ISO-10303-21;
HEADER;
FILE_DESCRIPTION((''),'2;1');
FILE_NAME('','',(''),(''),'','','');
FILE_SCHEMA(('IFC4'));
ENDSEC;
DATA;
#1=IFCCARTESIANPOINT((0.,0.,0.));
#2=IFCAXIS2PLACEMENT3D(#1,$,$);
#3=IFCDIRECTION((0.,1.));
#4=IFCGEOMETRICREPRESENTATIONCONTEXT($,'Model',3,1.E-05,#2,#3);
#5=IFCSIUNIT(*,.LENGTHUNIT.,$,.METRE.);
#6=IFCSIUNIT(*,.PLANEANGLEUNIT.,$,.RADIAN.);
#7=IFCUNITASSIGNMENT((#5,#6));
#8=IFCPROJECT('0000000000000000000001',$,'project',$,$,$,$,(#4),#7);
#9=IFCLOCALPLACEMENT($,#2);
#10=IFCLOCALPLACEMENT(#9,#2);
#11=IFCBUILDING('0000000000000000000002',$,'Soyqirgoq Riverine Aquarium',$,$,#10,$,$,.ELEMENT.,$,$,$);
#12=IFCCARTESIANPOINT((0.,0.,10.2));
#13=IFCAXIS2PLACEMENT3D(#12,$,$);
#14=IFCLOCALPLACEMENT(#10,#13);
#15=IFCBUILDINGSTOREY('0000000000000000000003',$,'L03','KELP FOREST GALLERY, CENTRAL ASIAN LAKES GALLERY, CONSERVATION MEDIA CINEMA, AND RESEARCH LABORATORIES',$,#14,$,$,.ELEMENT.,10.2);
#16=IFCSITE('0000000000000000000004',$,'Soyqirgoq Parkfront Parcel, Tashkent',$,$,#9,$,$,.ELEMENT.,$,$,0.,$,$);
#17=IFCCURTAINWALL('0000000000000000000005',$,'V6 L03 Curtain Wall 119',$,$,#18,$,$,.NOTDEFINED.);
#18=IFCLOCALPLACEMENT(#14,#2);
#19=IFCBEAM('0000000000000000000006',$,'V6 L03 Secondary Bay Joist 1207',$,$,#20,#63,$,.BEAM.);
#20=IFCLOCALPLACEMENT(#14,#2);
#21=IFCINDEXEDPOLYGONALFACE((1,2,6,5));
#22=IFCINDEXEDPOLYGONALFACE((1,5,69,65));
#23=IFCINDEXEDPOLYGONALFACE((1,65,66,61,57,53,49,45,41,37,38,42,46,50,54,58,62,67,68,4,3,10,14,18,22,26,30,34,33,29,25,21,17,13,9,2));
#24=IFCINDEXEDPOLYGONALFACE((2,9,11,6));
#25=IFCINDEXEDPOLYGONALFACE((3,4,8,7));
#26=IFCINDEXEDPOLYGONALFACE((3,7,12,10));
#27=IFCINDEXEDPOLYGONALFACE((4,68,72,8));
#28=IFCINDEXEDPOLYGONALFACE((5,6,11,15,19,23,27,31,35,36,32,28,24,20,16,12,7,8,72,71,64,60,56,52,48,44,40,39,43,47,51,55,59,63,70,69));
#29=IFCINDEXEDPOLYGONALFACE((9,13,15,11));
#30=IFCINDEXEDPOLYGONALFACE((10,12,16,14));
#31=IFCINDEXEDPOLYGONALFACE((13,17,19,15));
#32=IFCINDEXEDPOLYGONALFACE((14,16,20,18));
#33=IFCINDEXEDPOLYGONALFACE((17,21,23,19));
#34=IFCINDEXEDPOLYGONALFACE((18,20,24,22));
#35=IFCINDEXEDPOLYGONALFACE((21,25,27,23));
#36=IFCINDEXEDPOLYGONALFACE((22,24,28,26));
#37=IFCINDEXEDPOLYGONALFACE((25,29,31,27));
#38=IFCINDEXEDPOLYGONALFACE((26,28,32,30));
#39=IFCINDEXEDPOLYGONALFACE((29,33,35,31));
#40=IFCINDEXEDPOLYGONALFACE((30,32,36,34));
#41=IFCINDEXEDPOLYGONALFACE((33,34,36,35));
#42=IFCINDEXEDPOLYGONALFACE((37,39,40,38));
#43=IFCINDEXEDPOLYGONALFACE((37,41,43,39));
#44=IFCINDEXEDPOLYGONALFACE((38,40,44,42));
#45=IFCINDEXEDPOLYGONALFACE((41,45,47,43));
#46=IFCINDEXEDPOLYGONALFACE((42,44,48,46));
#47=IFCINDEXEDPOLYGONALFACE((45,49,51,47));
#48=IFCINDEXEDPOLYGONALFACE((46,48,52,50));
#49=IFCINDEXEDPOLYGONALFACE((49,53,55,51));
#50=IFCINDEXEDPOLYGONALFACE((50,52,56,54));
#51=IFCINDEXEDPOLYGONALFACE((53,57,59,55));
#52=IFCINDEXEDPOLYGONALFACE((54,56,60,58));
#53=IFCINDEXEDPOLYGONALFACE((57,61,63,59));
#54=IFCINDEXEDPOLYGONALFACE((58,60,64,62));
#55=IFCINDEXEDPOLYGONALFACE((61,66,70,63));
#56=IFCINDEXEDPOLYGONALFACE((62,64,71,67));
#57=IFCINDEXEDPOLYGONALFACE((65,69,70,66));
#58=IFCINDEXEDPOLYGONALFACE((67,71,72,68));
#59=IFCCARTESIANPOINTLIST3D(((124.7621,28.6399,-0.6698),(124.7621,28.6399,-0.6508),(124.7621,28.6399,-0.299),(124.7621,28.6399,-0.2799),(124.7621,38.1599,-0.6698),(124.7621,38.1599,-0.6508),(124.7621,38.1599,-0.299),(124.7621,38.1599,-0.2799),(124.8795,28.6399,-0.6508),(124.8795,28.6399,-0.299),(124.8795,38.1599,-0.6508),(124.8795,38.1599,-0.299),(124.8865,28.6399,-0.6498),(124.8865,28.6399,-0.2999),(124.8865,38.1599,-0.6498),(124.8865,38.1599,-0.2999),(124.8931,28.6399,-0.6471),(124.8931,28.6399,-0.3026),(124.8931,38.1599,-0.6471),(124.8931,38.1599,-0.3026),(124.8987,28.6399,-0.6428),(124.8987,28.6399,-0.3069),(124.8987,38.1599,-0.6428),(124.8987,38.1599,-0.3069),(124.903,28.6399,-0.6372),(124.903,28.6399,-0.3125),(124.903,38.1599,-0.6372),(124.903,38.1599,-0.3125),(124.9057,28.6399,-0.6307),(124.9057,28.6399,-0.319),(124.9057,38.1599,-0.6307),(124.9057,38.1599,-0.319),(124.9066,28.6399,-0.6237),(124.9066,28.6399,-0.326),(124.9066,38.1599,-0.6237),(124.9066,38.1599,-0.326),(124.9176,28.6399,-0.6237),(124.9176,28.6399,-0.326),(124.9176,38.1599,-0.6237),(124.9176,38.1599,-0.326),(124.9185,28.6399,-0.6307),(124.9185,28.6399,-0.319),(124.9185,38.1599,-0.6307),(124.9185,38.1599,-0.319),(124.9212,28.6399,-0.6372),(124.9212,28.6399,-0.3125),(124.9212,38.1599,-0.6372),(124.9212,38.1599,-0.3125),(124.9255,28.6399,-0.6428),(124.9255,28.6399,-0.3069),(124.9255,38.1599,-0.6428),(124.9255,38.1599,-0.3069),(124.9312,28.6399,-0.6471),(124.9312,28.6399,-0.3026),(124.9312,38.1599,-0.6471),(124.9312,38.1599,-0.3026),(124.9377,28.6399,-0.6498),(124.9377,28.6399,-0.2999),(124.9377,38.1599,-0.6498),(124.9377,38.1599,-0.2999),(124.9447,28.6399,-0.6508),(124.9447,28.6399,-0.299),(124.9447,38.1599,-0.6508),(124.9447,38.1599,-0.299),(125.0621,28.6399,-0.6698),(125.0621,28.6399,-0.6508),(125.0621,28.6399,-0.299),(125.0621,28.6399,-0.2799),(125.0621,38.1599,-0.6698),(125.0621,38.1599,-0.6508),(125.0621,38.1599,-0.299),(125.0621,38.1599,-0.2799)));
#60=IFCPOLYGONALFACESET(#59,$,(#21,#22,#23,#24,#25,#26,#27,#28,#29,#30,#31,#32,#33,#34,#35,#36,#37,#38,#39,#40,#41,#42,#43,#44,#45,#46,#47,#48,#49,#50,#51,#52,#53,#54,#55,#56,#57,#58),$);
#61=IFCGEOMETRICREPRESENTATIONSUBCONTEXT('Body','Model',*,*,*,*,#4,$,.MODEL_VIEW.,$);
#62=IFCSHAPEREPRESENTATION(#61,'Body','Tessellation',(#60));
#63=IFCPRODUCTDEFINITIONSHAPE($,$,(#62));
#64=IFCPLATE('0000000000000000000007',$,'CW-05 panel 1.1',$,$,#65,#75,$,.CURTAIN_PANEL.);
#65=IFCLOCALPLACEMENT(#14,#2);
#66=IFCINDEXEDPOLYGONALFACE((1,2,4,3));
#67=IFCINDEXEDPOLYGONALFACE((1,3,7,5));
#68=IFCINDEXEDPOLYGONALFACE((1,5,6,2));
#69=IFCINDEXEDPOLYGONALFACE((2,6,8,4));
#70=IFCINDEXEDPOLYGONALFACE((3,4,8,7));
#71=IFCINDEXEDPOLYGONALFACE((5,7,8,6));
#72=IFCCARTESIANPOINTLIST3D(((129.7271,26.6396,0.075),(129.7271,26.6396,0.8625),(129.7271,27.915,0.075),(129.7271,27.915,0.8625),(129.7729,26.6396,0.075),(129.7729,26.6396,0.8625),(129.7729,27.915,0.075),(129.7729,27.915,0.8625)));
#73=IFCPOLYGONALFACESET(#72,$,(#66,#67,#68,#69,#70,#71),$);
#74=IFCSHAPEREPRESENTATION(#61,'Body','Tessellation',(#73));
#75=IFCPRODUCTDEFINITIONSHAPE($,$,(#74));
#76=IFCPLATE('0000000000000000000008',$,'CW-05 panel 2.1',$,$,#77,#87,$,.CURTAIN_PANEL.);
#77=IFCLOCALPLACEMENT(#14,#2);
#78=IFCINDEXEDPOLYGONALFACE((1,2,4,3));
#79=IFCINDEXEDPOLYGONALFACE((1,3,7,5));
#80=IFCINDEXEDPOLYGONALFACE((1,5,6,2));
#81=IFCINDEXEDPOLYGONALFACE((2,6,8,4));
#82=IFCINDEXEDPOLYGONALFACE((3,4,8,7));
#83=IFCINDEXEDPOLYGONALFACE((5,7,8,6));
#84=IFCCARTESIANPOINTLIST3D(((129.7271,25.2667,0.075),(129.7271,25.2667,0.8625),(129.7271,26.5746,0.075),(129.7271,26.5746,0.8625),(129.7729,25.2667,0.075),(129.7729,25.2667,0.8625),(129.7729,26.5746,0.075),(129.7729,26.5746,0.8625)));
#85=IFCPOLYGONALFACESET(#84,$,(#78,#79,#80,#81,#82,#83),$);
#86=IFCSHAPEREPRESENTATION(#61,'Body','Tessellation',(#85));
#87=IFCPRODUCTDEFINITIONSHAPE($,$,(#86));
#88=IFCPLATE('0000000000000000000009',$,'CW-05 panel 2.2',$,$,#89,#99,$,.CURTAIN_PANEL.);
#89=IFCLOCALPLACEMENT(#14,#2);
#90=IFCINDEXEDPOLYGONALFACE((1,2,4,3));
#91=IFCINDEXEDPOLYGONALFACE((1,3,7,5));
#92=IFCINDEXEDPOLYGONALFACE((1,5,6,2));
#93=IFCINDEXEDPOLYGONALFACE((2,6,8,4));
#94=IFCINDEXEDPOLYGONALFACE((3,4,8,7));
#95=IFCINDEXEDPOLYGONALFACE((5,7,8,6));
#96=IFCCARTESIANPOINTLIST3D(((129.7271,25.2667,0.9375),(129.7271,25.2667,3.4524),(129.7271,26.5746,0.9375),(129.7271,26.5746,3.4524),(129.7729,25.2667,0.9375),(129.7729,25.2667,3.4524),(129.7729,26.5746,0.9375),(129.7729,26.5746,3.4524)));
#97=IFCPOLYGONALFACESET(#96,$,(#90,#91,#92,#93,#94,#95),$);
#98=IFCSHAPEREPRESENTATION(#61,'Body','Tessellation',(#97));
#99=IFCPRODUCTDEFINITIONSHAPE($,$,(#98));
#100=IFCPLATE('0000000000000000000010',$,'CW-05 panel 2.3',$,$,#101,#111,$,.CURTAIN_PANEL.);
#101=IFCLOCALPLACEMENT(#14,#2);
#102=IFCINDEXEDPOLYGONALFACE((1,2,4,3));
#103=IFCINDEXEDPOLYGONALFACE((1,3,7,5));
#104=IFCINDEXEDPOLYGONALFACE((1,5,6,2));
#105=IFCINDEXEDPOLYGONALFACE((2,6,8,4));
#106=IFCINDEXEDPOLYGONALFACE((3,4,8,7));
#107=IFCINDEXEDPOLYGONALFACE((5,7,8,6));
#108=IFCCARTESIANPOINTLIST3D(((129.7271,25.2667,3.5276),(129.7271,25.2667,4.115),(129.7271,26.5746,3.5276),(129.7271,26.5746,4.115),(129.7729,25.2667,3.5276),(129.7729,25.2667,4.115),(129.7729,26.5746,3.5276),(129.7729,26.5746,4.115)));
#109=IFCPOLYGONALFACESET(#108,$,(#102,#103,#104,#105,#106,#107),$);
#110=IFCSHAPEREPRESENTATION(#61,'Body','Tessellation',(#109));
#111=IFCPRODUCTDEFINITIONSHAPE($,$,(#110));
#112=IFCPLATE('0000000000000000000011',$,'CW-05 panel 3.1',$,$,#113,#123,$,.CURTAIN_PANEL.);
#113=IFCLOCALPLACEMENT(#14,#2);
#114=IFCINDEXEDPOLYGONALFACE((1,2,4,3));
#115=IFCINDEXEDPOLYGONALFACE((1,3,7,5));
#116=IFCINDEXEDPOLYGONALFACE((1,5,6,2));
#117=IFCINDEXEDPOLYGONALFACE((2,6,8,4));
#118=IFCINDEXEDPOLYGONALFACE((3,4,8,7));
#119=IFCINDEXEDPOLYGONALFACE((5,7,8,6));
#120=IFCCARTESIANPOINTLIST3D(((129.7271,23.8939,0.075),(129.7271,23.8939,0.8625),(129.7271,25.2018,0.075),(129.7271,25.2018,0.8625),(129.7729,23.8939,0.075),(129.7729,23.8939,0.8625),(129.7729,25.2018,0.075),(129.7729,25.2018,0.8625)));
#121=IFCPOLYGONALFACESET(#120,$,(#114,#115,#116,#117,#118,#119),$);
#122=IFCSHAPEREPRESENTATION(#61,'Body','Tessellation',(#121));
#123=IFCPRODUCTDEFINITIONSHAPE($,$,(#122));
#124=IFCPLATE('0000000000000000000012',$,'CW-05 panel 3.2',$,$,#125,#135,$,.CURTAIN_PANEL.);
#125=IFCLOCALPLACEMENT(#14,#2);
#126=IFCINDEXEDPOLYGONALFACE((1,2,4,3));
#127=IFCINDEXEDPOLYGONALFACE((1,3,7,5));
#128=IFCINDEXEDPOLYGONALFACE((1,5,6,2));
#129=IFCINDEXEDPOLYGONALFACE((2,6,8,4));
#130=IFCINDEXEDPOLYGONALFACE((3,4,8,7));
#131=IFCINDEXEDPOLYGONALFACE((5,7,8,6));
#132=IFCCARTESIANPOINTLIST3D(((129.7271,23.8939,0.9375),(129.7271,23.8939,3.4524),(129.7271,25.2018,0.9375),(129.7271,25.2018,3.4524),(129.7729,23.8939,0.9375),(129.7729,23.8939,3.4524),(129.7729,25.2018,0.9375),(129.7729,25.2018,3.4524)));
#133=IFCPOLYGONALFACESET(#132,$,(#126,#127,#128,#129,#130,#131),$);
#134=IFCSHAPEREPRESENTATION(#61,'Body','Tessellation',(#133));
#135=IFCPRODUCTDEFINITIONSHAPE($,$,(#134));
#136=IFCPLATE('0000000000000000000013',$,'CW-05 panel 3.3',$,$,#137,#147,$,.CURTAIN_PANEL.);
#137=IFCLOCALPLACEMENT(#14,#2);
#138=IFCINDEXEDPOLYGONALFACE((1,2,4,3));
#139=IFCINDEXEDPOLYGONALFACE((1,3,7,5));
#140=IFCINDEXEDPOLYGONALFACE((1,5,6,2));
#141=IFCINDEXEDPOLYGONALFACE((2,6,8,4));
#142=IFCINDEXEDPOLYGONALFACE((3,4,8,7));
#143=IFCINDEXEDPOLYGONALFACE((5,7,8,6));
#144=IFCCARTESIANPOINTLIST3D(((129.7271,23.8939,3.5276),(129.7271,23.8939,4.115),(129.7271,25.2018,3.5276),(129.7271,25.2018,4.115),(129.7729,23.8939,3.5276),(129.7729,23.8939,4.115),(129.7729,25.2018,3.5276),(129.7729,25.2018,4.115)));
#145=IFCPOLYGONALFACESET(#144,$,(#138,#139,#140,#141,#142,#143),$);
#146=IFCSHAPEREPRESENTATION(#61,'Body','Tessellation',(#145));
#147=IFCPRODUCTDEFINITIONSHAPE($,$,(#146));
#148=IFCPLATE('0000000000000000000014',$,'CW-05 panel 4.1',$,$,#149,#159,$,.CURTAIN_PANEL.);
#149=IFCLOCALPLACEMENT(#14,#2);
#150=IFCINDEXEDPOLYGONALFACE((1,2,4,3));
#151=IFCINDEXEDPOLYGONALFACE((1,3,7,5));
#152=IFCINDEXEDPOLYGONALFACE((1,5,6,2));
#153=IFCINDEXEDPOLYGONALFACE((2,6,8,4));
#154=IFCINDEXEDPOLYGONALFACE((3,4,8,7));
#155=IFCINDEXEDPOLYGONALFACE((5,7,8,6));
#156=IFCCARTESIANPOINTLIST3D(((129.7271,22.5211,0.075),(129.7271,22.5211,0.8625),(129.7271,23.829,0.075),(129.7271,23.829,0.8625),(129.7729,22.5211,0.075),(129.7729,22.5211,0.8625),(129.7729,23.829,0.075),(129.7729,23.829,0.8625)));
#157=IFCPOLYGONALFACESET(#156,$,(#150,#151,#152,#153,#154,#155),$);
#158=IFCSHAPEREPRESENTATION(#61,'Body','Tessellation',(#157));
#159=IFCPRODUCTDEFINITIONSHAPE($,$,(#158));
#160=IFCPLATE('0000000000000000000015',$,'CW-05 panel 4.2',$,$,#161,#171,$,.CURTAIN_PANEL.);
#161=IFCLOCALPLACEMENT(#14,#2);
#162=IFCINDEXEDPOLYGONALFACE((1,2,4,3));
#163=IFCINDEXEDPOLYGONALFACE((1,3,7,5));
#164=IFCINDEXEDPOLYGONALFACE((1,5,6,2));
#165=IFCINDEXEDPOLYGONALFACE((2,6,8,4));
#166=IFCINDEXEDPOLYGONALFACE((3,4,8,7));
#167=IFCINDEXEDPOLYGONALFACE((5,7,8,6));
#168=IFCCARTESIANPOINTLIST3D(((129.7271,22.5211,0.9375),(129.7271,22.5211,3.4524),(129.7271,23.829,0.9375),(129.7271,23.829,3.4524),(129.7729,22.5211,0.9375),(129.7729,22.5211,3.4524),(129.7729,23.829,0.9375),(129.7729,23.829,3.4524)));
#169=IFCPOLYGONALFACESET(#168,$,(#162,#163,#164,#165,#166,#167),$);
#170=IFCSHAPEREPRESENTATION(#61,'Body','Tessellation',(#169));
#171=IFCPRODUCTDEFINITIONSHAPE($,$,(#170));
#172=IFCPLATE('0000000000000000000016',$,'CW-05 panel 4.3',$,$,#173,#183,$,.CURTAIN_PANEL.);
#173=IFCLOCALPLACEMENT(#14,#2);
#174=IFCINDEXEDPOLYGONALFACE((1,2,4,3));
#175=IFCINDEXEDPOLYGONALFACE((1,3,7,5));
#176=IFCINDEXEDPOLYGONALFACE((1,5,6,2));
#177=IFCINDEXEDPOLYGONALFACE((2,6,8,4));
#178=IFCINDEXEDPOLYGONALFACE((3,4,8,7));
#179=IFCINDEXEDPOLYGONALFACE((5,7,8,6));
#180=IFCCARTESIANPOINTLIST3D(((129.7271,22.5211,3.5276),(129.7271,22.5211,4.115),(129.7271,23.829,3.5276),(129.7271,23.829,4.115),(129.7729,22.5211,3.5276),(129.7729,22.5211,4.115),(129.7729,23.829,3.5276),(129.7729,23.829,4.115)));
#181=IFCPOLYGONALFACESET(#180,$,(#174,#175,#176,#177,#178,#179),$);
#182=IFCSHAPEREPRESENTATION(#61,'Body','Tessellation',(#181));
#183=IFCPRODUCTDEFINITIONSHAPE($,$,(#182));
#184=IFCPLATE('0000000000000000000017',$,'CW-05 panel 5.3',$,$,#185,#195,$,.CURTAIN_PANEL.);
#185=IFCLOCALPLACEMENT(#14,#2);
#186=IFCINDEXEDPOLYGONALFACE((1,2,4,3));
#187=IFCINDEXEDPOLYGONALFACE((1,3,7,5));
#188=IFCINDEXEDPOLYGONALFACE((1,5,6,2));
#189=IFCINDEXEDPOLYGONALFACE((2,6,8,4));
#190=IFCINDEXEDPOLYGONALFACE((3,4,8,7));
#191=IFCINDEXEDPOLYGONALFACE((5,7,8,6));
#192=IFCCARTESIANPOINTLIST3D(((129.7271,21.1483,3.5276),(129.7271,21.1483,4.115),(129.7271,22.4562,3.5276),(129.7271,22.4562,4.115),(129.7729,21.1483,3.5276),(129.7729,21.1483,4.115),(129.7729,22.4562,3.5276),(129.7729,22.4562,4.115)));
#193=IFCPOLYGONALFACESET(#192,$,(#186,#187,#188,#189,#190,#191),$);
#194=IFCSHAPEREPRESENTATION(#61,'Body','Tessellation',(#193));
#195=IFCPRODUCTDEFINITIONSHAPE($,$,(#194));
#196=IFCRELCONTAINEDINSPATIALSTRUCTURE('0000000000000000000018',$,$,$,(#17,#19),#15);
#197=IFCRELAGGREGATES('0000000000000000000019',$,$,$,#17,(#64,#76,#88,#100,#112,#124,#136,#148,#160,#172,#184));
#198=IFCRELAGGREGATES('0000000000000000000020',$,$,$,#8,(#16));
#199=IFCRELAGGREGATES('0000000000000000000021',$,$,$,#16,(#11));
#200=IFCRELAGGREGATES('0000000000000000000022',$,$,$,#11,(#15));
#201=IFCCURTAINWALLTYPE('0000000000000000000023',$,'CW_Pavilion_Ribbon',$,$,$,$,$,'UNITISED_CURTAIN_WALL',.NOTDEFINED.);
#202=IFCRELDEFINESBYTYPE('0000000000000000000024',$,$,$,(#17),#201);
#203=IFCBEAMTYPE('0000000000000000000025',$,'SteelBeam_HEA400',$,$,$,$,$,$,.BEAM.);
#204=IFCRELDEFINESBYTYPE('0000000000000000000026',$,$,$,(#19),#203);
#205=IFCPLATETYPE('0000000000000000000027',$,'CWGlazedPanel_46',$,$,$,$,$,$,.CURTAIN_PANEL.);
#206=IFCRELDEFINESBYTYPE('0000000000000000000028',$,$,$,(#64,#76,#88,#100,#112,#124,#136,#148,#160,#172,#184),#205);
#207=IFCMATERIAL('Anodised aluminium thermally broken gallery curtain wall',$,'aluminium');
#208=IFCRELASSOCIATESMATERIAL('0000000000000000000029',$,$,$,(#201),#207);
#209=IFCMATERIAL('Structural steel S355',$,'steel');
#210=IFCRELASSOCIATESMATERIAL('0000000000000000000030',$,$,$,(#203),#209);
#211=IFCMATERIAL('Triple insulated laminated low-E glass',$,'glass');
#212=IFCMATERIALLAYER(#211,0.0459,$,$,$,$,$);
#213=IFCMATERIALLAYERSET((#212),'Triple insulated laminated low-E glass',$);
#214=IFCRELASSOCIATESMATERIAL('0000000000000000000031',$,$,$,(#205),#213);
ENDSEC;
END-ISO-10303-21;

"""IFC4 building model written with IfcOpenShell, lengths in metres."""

from ifc_helpers import new_model, si_unit, direction, frame, origin, origin_2d, place, context, subcontext, project, spatial, rectangle, i_section, extrude, material, layer, layer_set, material_profile, profile_set, type_object, element, aggregate, save


model = new_model("IFC4")

# Units and contexts
model_context = context("Model", 3, precision=1e-05, world=origin(), true_north=direction((0.0, 1.0)))
body_context = subcontext(model_context, "Body", "Model", "MODEL_VIEW")
ifc_project = project(units=[si_unit("LENGTHUNIT", "METRE"), si_unit("PLANEANGLEUNIT", "RADIAN")], contexts=[model_context])

# Site, building, storey
site_placement = place(None, origin())
site = spatial("IfcSite", under=ifc_project, at=site_placement, Name="Soyqirgoq Parkfront Parcel, Tashkent", CompositionType="ELEMENT", RefElevation=0.0)
building_placement = place(site_placement, origin())
building = spatial("IfcBuilding", under=site, at=building_placement, Name="Soyqirgoq Riverine Aquarium", CompositionType="ELEMENT")
storey_placement = place(building_placement, frame((0.0, 0.0, 10.2)))
storey = spatial("IfcBuildingStorey", under=building, at=storey_placement, Name="L03", Description="KELP FOREST GALLERY, CENTRAL ASIAN LAKES GALLERY, CONSERVATION MEDIA CINEMA, AND RESEARCH LABORATORIES", CompositionType="ELEMENT", Elevation=10.2)

# Curtain wall
ifc_material_1 = material(Name="Anodised aluminium thermally broken gallery curtain wall", Category="aluminium")
curtain_wall_type = type_object("IfcCurtainWallType", Name="CW_Pavilion_Ribbon", ElementType="UNITISED_CURTAIN_WALL", PredefinedType="NOTDEFINED", material=ifc_material_1)
curtain_wall_placement = place(storey_placement, origin())
curtain_wall = element("IfcCurtainWall", 1, at=curtain_wall_placement, inside=storey, type_object=curtain_wall_type, Name="V6 L03 Curtain Wall 119", PredefinedType="NOTDEFINED")

# Beam
ifc_material_2 = material(Name="Structural steel S355", Category="steel")
ifc_material_profile_1 = material_profile(ifc_material_2, i_section(OverallWidth=0.3, OverallDepth=0.3899, WebThickness=0.011, FlangeThickness=0.019, FilletRadius=0.0271, at=origin_2d()), Name="HEA 400")
ifc_profile_set_1 = profile_set([ifc_material_profile_1], Name="Structural steel S355")
beam_type_1 = type_object("IfcBeamType", Name="SteelBeam_HEA400", PredefinedType="BEAM", material=ifc_profile_set_1)
beam_1_placement = place(storey_placement, frame((124.9121, 28.6399, -0.4749), z_axis=(0.0, 1.0, 0.0), x_axis=(-1.0, 0.0, 0.0)))
element("IfcBeam", 2, at=beam_1_placement, inside=storey, type_object=beam_type_1, Name="V6 L03 Secondary Bay Joist 1207", PredefinedType="BEAM", context=body_context, shape_type="SweptSolid", body=[
    extrude(i_section(OverallWidth=0.3, OverallDepth=0.3899, WebThickness=0.011, FlangeThickness=0.019, FilletRadius=0.0271, at=origin_2d()), origin(), (0.0, 0.0, 1.0), 9.52),
])

# Plates
ifc_material_3 = material(Name="Triple insulated laminated low-E glass", Category="glass")
ifc_layer = layer(ifc_material_3, 0.0459)
ifc_layer_set = layer_set([ifc_layer], Name="Triple insulated laminated low-E glass")
plate_type = type_object("IfcPlateType", Name="CWGlazedPanel_46", PredefinedType="CURTAIN_PANEL", material=ifc_layer_set)
plate_1_placement = place(storey_placement, frame((129.75, 27.2773, 0.075), z_axis=(0.0, 0.0, 1.0), x_axis=(0.0, -1.0, 0.0)))
plate_1 = element("IfcPlate", 3, at=plate_1_placement, type_object=plate_type, Name="CW-05 panel 1.1", PredefinedType="CURTAIN_PANEL", context=body_context, shape_type="SweptSolid", body=[
    extrude(rectangle(XDim=1.2754, YDim=0.0459, at=origin_2d()), origin(), (0.0, 0.0, 1.0), 0.7876),
])
plate_2_placement = place(storey_placement, frame((129.75, 25.9207, 0.075), z_axis=(0.0, 0.0, 1.0), x_axis=(0.0, -1.0, 0.0)))
plate_2 = element("IfcPlate", 4, at=plate_2_placement, type_object=plate_type, Name="CW-05 panel 2.1", PredefinedType="CURTAIN_PANEL", context=body_context, shape_type="SweptSolid", body=[
    extrude(rectangle(XDim=1.3079, YDim=0.0459, at=origin_2d()), origin(), (0.0, 0.0, 1.0), 0.7876),
])
plate_3_placement = place(storey_placement, frame((129.75, 25.9207, 0.9375), z_axis=(0.0, 0.0, 1.0), x_axis=(0.0, -1.0, 0.0)))
plate_3 = element("IfcPlate", 5, at=plate_3_placement, type_object=plate_type, Name="CW-05 panel 2.2", PredefinedType="CURTAIN_PANEL", context=body_context, shape_type="SweptSolid", body=[
    extrude(rectangle(XDim=1.3079, YDim=0.0459, at=origin_2d()), origin(), (0.0, 0.0, 1.0), 2.5149),
])
plate_4_placement = place(storey_placement, frame((129.75, 25.9207, 3.5276), z_axis=(0.0, 0.0, 1.0), x_axis=(0.0, -1.0, 0.0)))
plate_4 = element("IfcPlate", 6, at=plate_4_placement, type_object=plate_type, Name="CW-05 panel 2.3", PredefinedType="CURTAIN_PANEL", context=body_context, shape_type="SweptSolid", body=[
    extrude(rectangle(XDim=1.3079, YDim=0.0459, at=origin_2d()), origin(), (0.0, 0.0, 1.0), 0.5874),
])
plate_5_placement = place(storey_placement, frame((129.75, 24.5479, 0.075), z_axis=(0.0, 0.0, 1.0), x_axis=(0.0, -1.0, 0.0)))
plate_5 = element("IfcPlate", 7, at=plate_5_placement, type_object=plate_type, Name="CW-05 panel 3.1", PredefinedType="CURTAIN_PANEL", context=body_context, shape_type="SweptSolid", body=[
    extrude(rectangle(XDim=1.3079, YDim=0.0459, at=origin_2d()), origin(), (0.0, 0.0, 1.0), 0.7876),
])
plate_6_placement = place(storey_placement, frame((129.75, 24.5479, 0.9375), z_axis=(0.0, 0.0, 1.0), x_axis=(0.0, -1.0, 0.0)))
plate_6 = element("IfcPlate", 8, at=plate_6_placement, type_object=plate_type, Name="CW-05 panel 3.2", PredefinedType="CURTAIN_PANEL", context=body_context, shape_type="SweptSolid", body=[
    extrude(rectangle(XDim=1.3079, YDim=0.0459, at=origin_2d()), origin(), (0.0, 0.0, 1.0), 2.5149),
])
plate_7_placement = place(storey_placement, frame((129.75, 24.5479, 3.5276), z_axis=(0.0, 0.0, 1.0), x_axis=(0.0, -1.0, 0.0)))
plate_7 = element("IfcPlate", 9, at=plate_7_placement, type_object=plate_type, Name="CW-05 panel 3.3", PredefinedType="CURTAIN_PANEL", context=body_context, shape_type="SweptSolid", body=[
    extrude(rectangle(XDim=1.3079, YDim=0.0459, at=origin_2d()), origin(), (0.0, 0.0, 1.0), 0.5874),
])
plate_8_placement = place(storey_placement, frame((129.75, 23.175, 0.075), z_axis=(0.0, 0.0, 1.0), x_axis=(0.0, -1.0, 0.0)))
plate_8 = element("IfcPlate", 10, at=plate_8_placement, type_object=plate_type, Name="CW-05 panel 4.1", PredefinedType="CURTAIN_PANEL", context=body_context, shape_type="SweptSolid", body=[
    extrude(rectangle(XDim=1.3079, YDim=0.0459, at=origin_2d()), origin(), (0.0, 0.0, 1.0), 0.7876),
])
plate_9_placement = place(storey_placement, frame((129.75, 23.175, 0.9375), z_axis=(0.0, 0.0, 1.0), x_axis=(0.0, -1.0, 0.0)))
plate_9 = element("IfcPlate", 11, at=plate_9_placement, type_object=plate_type, Name="CW-05 panel 4.2", PredefinedType="CURTAIN_PANEL", context=body_context, shape_type="SweptSolid", body=[
    extrude(rectangle(XDim=1.3079, YDim=0.0459, at=origin_2d()), origin(), (0.0, 0.0, 1.0), 2.5149),
])
plate_10_placement = place(storey_placement, frame((129.75, 23.175, 3.5276), z_axis=(0.0, 0.0, 1.0), x_axis=(0.0, -1.0, 0.0)))
plate_10 = element("IfcPlate", 12, at=plate_10_placement, type_object=plate_type, Name="CW-05 panel 4.3", PredefinedType="CURTAIN_PANEL", context=body_context, shape_type="SweptSolid", body=[
    extrude(rectangle(XDim=1.3079, YDim=0.0459, at=origin_2d()), origin(), (0.0, 0.0, 1.0), 0.5874),
])
plate_11_placement = place(storey_placement, frame((129.75, 21.8022, 3.5276), z_axis=(0.0, 0.0, 1.0), x_axis=(0.0, -1.0, 0.0)))
plate_11 = element("IfcPlate", 13, at=plate_11_placement, type_object=plate_type, Name="CW-05 panel 5.3", PredefinedType="CURTAIN_PANEL", context=body_context, shape_type="SweptSolid", body=[
    extrude(rectangle(XDim=1.3079, YDim=0.0459, at=origin_2d()), origin(), (0.0, 0.0, 1.0), 0.5874),
])
aggregate(curtain_wall, [plate_1, plate_2, plate_3, plate_4, plate_5, plate_6, plate_7, plate_8, plate_9, plate_10, plate_11])

save(model, "model.ifc")
